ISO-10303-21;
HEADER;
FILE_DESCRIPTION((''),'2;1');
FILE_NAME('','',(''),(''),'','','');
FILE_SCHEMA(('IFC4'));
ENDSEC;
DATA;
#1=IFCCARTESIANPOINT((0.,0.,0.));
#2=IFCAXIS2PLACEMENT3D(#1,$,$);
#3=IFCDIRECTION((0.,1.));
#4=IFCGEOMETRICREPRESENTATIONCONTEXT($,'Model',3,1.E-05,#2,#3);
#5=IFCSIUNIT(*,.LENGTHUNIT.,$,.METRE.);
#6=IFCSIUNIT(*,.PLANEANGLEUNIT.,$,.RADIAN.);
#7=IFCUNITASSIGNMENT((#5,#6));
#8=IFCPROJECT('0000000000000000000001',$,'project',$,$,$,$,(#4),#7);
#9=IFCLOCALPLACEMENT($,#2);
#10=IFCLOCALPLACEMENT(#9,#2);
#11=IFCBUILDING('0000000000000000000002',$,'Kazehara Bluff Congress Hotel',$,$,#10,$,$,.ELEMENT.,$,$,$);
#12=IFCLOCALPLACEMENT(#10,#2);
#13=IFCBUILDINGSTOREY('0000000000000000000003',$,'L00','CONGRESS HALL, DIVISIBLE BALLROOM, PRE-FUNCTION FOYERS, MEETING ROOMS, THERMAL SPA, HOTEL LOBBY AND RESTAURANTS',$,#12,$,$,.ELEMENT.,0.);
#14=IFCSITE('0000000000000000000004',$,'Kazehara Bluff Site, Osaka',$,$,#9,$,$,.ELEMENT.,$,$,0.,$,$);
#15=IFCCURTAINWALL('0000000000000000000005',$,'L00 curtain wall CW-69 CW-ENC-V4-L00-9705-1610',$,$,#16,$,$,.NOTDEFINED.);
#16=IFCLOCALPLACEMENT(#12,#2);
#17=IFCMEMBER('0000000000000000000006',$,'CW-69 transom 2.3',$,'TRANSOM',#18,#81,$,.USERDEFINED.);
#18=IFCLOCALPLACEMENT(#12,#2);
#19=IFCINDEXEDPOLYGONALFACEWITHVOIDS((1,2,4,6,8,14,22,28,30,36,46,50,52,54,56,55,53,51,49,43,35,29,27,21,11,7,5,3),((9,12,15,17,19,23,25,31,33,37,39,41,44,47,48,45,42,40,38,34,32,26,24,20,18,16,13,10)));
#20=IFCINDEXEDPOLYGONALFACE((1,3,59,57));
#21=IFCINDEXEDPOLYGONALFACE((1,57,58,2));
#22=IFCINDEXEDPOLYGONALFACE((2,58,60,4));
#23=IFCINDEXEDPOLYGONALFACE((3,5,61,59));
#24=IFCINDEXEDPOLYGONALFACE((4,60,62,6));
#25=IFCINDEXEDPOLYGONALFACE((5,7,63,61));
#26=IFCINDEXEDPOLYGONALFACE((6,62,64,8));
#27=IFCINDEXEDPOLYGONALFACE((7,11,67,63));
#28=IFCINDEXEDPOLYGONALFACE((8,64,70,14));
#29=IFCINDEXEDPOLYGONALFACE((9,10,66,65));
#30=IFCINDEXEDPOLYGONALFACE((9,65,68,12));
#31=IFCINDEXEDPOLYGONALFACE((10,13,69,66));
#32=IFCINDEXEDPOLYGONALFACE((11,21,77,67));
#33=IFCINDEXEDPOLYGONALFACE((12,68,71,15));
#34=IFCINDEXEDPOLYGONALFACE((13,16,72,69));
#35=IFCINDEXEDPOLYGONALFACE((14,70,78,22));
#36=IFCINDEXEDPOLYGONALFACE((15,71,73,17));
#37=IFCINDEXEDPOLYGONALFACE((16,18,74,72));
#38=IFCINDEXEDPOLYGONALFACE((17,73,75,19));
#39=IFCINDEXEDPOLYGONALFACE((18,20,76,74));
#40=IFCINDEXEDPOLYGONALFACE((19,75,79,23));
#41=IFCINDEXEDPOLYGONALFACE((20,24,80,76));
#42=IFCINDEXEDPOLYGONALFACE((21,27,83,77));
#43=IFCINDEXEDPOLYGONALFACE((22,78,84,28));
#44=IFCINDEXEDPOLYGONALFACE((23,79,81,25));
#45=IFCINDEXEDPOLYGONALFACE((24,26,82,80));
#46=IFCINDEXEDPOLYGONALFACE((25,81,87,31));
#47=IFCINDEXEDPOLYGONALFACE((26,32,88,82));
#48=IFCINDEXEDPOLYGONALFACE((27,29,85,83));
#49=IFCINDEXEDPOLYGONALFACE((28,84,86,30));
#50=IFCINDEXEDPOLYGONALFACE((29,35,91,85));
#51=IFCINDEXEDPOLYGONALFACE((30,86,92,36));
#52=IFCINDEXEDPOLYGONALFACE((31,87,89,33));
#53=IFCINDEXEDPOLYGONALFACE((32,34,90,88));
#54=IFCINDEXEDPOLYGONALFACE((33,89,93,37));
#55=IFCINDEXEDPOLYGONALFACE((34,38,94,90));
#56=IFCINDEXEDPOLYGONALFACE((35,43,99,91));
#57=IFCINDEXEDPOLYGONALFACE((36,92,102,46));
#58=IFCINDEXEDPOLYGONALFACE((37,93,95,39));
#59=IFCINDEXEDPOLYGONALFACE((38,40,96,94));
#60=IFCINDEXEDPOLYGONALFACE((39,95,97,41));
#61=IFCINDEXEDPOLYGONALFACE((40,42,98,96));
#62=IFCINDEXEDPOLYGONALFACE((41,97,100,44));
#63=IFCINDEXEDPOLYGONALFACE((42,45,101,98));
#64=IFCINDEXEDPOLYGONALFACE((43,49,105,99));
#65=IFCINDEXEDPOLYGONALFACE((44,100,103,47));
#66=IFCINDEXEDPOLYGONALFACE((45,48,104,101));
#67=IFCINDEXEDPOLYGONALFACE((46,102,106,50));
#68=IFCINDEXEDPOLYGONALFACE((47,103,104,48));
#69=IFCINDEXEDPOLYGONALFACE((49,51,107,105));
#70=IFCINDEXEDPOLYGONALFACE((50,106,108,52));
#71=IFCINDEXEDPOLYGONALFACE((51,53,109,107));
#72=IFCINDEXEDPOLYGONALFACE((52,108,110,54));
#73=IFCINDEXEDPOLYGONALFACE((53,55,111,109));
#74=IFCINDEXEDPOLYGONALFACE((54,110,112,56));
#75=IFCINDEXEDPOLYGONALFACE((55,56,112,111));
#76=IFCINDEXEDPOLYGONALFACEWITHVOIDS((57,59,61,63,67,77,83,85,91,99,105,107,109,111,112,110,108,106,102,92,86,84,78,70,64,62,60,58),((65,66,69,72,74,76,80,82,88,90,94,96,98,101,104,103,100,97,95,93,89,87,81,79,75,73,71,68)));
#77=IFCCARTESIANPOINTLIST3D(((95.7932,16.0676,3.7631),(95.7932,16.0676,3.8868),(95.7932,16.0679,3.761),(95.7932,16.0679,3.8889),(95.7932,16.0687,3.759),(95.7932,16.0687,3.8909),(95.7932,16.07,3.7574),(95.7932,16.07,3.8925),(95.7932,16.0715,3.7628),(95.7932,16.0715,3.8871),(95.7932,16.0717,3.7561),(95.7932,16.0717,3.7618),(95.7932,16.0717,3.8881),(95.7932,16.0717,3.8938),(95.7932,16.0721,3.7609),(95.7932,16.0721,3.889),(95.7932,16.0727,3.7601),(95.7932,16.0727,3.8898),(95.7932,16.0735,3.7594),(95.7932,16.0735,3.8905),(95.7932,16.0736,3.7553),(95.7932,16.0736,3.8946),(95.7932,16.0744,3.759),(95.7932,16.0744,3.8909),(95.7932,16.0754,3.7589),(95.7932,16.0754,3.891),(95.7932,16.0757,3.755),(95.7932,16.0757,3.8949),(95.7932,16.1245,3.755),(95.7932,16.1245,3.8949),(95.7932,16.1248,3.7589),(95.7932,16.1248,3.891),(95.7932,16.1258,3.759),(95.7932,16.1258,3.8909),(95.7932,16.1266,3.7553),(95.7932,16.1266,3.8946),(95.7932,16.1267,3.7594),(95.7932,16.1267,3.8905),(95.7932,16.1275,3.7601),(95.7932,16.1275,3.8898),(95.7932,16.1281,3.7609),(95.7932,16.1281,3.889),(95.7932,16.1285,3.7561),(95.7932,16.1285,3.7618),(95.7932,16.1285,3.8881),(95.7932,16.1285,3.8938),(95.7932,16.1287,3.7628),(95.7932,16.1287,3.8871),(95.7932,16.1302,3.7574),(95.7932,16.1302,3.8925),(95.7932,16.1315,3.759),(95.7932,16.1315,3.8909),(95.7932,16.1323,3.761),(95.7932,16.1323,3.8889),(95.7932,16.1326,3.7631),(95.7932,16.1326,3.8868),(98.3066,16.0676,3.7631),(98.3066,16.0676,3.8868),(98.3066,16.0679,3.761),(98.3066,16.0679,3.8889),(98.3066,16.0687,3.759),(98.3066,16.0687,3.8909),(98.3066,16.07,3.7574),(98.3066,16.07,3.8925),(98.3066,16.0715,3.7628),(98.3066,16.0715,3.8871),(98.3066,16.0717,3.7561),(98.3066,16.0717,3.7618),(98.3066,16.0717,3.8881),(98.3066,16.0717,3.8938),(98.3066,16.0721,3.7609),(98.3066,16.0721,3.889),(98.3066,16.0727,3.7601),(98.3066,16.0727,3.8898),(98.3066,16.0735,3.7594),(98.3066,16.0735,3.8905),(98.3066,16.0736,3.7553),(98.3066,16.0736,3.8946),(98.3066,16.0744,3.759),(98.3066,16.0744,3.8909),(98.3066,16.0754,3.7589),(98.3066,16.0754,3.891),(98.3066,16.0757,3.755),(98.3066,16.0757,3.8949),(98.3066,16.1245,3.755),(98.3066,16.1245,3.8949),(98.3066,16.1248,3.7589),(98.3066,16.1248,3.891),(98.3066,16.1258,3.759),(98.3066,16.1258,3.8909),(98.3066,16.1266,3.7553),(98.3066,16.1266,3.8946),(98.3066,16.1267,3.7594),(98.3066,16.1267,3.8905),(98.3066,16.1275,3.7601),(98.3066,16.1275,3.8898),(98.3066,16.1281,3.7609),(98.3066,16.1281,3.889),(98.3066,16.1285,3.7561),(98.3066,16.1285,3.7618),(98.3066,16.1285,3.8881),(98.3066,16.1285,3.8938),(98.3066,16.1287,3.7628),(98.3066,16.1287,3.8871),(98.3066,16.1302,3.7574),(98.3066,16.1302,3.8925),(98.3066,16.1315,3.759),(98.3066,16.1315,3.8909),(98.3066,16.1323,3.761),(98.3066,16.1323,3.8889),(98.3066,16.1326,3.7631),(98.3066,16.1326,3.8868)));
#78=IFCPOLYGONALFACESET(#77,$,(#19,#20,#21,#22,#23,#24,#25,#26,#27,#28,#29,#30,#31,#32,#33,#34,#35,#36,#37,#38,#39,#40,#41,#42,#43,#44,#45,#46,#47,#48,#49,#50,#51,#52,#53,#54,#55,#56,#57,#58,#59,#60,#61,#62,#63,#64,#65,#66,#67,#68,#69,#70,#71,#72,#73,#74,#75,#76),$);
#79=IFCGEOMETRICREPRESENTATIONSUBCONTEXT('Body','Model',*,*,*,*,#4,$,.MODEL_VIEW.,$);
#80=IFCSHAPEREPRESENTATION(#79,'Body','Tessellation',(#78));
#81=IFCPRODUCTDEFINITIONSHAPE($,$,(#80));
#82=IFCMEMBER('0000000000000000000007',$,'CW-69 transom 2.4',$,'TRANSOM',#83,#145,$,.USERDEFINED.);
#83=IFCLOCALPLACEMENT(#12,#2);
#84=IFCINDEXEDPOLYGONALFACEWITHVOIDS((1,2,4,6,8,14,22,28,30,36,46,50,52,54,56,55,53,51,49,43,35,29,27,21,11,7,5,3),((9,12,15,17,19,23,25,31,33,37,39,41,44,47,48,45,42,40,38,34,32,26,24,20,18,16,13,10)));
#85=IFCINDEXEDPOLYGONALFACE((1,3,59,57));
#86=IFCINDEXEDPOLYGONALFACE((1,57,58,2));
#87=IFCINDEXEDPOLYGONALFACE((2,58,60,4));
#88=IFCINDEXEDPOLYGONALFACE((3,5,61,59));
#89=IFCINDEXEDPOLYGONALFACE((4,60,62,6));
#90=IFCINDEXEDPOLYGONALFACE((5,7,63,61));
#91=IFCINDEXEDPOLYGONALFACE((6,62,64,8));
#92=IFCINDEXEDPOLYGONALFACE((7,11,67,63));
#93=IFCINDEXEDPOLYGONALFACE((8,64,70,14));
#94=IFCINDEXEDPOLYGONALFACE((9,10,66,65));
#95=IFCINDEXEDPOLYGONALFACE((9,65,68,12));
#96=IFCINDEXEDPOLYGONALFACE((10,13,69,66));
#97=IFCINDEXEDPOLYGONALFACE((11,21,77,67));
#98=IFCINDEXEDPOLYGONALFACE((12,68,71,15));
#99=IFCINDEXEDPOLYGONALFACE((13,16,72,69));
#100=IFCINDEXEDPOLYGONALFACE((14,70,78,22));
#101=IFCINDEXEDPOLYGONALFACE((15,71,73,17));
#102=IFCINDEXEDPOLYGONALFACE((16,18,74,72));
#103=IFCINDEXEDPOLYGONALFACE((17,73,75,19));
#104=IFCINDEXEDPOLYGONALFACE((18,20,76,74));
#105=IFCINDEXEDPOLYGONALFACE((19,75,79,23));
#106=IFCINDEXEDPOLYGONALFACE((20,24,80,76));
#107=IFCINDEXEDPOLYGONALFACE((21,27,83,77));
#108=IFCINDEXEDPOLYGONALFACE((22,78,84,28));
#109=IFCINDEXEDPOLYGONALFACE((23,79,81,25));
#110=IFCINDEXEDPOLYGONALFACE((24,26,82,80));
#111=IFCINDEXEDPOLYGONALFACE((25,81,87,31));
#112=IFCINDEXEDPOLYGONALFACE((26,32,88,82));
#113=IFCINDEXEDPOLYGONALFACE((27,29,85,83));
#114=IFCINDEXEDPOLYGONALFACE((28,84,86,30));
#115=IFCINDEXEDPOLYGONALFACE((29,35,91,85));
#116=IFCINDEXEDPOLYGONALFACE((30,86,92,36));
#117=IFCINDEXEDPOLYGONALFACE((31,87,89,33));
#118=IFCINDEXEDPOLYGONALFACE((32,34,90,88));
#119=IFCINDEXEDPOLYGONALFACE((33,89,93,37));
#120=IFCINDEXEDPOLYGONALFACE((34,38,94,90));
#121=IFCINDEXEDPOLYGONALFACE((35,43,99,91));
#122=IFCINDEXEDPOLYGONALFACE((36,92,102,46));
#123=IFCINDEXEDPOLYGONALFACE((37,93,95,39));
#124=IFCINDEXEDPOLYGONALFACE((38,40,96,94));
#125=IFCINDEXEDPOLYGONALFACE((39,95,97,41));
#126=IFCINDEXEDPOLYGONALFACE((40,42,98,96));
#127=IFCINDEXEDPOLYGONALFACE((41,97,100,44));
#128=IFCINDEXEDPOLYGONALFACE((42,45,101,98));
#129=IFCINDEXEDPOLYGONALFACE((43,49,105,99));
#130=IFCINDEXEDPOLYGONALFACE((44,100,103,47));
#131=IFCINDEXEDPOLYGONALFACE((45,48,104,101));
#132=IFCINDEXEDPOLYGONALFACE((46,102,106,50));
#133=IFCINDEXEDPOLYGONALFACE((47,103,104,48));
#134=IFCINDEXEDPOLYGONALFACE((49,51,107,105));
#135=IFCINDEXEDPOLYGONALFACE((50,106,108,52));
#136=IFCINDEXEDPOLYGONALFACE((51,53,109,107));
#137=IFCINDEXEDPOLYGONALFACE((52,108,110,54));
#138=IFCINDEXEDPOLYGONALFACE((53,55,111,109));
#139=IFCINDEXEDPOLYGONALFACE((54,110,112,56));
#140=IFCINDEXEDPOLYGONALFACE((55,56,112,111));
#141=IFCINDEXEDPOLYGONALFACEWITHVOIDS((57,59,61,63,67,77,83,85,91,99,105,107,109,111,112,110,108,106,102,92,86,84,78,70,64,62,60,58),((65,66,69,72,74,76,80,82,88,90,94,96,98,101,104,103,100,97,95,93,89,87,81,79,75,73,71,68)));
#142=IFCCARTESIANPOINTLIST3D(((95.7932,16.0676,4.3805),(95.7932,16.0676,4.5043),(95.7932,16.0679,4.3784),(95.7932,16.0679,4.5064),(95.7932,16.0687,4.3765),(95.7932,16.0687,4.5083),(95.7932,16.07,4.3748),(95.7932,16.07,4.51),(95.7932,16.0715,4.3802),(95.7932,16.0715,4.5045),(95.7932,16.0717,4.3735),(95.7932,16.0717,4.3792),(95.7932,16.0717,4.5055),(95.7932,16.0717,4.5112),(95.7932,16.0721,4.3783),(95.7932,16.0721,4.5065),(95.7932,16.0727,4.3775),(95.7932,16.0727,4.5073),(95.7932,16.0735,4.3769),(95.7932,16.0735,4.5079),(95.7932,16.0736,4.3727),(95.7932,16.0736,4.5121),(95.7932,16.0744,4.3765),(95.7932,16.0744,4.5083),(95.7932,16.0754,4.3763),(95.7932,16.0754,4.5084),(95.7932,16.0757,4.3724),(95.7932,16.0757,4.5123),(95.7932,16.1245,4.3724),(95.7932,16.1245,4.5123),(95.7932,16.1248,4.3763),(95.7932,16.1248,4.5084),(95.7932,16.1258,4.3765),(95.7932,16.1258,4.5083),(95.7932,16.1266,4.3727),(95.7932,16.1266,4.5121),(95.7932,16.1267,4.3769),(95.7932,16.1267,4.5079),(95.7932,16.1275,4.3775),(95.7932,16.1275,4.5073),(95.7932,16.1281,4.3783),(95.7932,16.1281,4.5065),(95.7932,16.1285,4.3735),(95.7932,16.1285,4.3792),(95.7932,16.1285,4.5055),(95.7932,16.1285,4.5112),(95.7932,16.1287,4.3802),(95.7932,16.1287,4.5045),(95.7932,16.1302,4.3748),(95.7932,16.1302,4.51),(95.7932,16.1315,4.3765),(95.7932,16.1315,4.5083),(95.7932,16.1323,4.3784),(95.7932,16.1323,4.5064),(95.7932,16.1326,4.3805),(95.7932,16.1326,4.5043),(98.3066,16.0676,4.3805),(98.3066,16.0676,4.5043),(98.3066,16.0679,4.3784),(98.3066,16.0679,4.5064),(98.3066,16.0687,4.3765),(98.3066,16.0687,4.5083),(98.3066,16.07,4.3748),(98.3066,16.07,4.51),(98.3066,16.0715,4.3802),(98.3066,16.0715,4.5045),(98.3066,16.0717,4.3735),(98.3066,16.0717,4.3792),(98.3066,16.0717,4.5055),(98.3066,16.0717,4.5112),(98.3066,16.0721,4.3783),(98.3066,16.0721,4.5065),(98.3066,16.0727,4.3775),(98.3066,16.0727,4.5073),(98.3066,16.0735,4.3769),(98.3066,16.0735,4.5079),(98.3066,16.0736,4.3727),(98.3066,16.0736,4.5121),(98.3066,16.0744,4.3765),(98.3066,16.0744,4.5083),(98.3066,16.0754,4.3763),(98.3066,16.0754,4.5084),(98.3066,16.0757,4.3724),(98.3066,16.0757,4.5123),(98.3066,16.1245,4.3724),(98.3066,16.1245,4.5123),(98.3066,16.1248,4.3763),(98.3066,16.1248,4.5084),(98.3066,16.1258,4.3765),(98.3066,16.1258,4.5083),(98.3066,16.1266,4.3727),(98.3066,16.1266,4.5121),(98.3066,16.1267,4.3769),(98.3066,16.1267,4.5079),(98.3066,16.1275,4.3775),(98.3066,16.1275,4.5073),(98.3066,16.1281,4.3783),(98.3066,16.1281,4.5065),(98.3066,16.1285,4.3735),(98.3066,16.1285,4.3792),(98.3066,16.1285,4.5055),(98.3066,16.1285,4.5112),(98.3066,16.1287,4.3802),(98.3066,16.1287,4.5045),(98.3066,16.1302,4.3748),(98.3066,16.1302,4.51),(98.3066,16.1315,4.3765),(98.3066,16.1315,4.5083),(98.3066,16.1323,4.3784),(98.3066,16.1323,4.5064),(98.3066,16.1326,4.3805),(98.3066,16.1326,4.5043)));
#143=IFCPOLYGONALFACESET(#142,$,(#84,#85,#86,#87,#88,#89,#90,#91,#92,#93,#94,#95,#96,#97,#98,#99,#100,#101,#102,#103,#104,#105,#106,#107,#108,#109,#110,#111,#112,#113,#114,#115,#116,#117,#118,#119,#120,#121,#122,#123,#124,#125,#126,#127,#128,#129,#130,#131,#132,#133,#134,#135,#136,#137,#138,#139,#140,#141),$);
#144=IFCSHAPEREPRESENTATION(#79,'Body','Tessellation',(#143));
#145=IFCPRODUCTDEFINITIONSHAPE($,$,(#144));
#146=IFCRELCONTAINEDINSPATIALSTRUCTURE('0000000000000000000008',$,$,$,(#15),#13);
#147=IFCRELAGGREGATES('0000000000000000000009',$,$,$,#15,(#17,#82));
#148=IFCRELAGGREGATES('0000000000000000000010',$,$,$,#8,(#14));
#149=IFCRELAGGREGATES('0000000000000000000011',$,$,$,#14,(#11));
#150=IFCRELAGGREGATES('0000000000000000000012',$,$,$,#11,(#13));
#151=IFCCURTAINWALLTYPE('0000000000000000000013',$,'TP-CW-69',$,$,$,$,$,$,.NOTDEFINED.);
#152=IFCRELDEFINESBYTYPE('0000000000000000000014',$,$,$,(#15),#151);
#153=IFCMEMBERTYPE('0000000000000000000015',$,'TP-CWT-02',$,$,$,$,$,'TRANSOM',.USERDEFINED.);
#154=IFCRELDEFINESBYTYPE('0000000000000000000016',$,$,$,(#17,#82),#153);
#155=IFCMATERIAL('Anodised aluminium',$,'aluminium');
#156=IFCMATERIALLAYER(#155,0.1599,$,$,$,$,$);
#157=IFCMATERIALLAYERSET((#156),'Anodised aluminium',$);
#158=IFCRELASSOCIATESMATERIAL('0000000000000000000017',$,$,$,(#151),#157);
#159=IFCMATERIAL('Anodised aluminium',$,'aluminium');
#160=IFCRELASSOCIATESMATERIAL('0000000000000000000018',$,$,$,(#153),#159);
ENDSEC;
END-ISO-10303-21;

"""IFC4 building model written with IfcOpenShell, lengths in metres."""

from ifc_helpers import new_model, si_unit, direction, frame, origin, origin_2d, place, context, subcontext, project, spatial, hollow_rectangle, extrude, material, layer, layer_set, material_profile, profile_set, type_object, element, aggregate, save


model = new_model("IFC4")

# Units and contexts
model_context = context("Model", 3, precision=1e-05, world=origin(), true_north=direction((0.0, 1.0)))
body_context = subcontext(model_context, "Body", "Model", "MODEL_VIEW")
ifc_project = project(units=[si_unit("LENGTHUNIT", "METRE"), si_unit("PLANEANGLEUNIT", "RADIAN")], contexts=[model_context])

# Site, building, storey
site_placement = place(None, origin())
site = spatial("IfcSite", under=ifc_project, at=site_placement, Name="Kazehara Bluff Site, Osaka", CompositionType="ELEMENT", RefElevation=0.0)
building_placement = place(site_placement, origin())
building = spatial("IfcBuilding", under=site, at=building_placement, Name="Kazehara Bluff Congress Hotel", CompositionType="ELEMENT")
storey_placement = place(building_placement, origin())
storey = spatial("IfcBuildingStorey", under=building, at=storey_placement, Name="L00", Description="CONGRESS HALL, DIVISIBLE BALLROOM, PRE-FUNCTION FOYERS, MEETING ROOMS, THERMAL SPA, HOTEL LOBBY AND RESTAURANTS", CompositionType="ELEMENT", Elevation=0.0)

# Curtain wall
ifc_material_1 = material(Name="Anodised aluminium", Category="aluminium")
ifc_layer_1 = layer(ifc_material_1, 0.1599)
ifc_layer_set_1 = layer_set([ifc_layer_1], Name="Anodised aluminium")
curtain_wall_type_1 = type_object("IfcCurtainWallType", Name="TP-CW-69", PredefinedType="NOTDEFINED", material=ifc_layer_set_1)
curtain_wall_1_placement = place(storey_placement, origin())
curtain_wall_1 = element("IfcCurtainWall", 1, at=curtain_wall_1_placement, inside=storey, type_object=curtain_wall_type_1, Name="L00 curtain wall CW-69 CW-ENC-V4-L00-9705-1610", PredefinedType="NOTDEFINED")

# Members
ifc_material_2 = material(Name="Anodised aluminium", Category="aluminium")
ifc_material_profile_1 = material_profile(ifc_material_2, hollow_rectangle(XDim=0.0649, YDim=0.1399, WallThickness=0.0039, InnerFilletRadius=0.0039, OuterFilletRadius=0.0081, at=origin_2d()))
ifc_profile_set_1 = profile_set([ifc_material_profile_1], Name="Anodised aluminium")
member_type_1 = type_object("IfcMemberType", Name="TP-CWT-02", ElementType="TRANSOM", PredefinedType="USERDEFINED", material=ifc_profile_set_1)
member_1_placement = place(storey_placement, frame((98.3066, 16.1001, 3.825), z_axis=(-1.0, 0.0, 0.0), x_axis=(0.0, -1.0, 0.0)))
member_1 = element("IfcMember", 2, at=member_1_placement, type_object=member_type_1, Name="CW-69 transom 2.3", ObjectType="TRANSOM", PredefinedType="USERDEFINED", context=body_context, shape_type="SweptSolid", body=[
    extrude(hollow_rectangle(XDim=0.0649, YDim=0.1399, WallThickness=0.0039, InnerFilletRadius=0.0039, OuterFilletRadius=0.0081, at=origin_2d()), origin(), (0.0, 0.0, 1.0), 2.5134),
])
member_2_placement = place(storey_placement, frame((98.3066, 16.1001, 4.4424), z_axis=(-1.0, 0.0, 0.0), x_axis=(0.0, -1.0, 0.0)))
member_2 = element("IfcMember", 3, at=member_2_placement, type_object=member_type_1, Name="CW-69 transom 2.4", ObjectType="TRANSOM", PredefinedType="USERDEFINED", context=body_context, shape_type="SweptSolid", body=[
    extrude(hollow_rectangle(XDim=0.0649, YDim=0.1399, WallThickness=0.0039, InnerFilletRadius=0.0039, OuterFilletRadius=0.0081, at=origin_2d()), origin(), (0.0, 0.0, 1.0), 2.5134),
])

aggregate(curtain_wall_1, [member_1, member_2])

save(model, "model.ifc")
